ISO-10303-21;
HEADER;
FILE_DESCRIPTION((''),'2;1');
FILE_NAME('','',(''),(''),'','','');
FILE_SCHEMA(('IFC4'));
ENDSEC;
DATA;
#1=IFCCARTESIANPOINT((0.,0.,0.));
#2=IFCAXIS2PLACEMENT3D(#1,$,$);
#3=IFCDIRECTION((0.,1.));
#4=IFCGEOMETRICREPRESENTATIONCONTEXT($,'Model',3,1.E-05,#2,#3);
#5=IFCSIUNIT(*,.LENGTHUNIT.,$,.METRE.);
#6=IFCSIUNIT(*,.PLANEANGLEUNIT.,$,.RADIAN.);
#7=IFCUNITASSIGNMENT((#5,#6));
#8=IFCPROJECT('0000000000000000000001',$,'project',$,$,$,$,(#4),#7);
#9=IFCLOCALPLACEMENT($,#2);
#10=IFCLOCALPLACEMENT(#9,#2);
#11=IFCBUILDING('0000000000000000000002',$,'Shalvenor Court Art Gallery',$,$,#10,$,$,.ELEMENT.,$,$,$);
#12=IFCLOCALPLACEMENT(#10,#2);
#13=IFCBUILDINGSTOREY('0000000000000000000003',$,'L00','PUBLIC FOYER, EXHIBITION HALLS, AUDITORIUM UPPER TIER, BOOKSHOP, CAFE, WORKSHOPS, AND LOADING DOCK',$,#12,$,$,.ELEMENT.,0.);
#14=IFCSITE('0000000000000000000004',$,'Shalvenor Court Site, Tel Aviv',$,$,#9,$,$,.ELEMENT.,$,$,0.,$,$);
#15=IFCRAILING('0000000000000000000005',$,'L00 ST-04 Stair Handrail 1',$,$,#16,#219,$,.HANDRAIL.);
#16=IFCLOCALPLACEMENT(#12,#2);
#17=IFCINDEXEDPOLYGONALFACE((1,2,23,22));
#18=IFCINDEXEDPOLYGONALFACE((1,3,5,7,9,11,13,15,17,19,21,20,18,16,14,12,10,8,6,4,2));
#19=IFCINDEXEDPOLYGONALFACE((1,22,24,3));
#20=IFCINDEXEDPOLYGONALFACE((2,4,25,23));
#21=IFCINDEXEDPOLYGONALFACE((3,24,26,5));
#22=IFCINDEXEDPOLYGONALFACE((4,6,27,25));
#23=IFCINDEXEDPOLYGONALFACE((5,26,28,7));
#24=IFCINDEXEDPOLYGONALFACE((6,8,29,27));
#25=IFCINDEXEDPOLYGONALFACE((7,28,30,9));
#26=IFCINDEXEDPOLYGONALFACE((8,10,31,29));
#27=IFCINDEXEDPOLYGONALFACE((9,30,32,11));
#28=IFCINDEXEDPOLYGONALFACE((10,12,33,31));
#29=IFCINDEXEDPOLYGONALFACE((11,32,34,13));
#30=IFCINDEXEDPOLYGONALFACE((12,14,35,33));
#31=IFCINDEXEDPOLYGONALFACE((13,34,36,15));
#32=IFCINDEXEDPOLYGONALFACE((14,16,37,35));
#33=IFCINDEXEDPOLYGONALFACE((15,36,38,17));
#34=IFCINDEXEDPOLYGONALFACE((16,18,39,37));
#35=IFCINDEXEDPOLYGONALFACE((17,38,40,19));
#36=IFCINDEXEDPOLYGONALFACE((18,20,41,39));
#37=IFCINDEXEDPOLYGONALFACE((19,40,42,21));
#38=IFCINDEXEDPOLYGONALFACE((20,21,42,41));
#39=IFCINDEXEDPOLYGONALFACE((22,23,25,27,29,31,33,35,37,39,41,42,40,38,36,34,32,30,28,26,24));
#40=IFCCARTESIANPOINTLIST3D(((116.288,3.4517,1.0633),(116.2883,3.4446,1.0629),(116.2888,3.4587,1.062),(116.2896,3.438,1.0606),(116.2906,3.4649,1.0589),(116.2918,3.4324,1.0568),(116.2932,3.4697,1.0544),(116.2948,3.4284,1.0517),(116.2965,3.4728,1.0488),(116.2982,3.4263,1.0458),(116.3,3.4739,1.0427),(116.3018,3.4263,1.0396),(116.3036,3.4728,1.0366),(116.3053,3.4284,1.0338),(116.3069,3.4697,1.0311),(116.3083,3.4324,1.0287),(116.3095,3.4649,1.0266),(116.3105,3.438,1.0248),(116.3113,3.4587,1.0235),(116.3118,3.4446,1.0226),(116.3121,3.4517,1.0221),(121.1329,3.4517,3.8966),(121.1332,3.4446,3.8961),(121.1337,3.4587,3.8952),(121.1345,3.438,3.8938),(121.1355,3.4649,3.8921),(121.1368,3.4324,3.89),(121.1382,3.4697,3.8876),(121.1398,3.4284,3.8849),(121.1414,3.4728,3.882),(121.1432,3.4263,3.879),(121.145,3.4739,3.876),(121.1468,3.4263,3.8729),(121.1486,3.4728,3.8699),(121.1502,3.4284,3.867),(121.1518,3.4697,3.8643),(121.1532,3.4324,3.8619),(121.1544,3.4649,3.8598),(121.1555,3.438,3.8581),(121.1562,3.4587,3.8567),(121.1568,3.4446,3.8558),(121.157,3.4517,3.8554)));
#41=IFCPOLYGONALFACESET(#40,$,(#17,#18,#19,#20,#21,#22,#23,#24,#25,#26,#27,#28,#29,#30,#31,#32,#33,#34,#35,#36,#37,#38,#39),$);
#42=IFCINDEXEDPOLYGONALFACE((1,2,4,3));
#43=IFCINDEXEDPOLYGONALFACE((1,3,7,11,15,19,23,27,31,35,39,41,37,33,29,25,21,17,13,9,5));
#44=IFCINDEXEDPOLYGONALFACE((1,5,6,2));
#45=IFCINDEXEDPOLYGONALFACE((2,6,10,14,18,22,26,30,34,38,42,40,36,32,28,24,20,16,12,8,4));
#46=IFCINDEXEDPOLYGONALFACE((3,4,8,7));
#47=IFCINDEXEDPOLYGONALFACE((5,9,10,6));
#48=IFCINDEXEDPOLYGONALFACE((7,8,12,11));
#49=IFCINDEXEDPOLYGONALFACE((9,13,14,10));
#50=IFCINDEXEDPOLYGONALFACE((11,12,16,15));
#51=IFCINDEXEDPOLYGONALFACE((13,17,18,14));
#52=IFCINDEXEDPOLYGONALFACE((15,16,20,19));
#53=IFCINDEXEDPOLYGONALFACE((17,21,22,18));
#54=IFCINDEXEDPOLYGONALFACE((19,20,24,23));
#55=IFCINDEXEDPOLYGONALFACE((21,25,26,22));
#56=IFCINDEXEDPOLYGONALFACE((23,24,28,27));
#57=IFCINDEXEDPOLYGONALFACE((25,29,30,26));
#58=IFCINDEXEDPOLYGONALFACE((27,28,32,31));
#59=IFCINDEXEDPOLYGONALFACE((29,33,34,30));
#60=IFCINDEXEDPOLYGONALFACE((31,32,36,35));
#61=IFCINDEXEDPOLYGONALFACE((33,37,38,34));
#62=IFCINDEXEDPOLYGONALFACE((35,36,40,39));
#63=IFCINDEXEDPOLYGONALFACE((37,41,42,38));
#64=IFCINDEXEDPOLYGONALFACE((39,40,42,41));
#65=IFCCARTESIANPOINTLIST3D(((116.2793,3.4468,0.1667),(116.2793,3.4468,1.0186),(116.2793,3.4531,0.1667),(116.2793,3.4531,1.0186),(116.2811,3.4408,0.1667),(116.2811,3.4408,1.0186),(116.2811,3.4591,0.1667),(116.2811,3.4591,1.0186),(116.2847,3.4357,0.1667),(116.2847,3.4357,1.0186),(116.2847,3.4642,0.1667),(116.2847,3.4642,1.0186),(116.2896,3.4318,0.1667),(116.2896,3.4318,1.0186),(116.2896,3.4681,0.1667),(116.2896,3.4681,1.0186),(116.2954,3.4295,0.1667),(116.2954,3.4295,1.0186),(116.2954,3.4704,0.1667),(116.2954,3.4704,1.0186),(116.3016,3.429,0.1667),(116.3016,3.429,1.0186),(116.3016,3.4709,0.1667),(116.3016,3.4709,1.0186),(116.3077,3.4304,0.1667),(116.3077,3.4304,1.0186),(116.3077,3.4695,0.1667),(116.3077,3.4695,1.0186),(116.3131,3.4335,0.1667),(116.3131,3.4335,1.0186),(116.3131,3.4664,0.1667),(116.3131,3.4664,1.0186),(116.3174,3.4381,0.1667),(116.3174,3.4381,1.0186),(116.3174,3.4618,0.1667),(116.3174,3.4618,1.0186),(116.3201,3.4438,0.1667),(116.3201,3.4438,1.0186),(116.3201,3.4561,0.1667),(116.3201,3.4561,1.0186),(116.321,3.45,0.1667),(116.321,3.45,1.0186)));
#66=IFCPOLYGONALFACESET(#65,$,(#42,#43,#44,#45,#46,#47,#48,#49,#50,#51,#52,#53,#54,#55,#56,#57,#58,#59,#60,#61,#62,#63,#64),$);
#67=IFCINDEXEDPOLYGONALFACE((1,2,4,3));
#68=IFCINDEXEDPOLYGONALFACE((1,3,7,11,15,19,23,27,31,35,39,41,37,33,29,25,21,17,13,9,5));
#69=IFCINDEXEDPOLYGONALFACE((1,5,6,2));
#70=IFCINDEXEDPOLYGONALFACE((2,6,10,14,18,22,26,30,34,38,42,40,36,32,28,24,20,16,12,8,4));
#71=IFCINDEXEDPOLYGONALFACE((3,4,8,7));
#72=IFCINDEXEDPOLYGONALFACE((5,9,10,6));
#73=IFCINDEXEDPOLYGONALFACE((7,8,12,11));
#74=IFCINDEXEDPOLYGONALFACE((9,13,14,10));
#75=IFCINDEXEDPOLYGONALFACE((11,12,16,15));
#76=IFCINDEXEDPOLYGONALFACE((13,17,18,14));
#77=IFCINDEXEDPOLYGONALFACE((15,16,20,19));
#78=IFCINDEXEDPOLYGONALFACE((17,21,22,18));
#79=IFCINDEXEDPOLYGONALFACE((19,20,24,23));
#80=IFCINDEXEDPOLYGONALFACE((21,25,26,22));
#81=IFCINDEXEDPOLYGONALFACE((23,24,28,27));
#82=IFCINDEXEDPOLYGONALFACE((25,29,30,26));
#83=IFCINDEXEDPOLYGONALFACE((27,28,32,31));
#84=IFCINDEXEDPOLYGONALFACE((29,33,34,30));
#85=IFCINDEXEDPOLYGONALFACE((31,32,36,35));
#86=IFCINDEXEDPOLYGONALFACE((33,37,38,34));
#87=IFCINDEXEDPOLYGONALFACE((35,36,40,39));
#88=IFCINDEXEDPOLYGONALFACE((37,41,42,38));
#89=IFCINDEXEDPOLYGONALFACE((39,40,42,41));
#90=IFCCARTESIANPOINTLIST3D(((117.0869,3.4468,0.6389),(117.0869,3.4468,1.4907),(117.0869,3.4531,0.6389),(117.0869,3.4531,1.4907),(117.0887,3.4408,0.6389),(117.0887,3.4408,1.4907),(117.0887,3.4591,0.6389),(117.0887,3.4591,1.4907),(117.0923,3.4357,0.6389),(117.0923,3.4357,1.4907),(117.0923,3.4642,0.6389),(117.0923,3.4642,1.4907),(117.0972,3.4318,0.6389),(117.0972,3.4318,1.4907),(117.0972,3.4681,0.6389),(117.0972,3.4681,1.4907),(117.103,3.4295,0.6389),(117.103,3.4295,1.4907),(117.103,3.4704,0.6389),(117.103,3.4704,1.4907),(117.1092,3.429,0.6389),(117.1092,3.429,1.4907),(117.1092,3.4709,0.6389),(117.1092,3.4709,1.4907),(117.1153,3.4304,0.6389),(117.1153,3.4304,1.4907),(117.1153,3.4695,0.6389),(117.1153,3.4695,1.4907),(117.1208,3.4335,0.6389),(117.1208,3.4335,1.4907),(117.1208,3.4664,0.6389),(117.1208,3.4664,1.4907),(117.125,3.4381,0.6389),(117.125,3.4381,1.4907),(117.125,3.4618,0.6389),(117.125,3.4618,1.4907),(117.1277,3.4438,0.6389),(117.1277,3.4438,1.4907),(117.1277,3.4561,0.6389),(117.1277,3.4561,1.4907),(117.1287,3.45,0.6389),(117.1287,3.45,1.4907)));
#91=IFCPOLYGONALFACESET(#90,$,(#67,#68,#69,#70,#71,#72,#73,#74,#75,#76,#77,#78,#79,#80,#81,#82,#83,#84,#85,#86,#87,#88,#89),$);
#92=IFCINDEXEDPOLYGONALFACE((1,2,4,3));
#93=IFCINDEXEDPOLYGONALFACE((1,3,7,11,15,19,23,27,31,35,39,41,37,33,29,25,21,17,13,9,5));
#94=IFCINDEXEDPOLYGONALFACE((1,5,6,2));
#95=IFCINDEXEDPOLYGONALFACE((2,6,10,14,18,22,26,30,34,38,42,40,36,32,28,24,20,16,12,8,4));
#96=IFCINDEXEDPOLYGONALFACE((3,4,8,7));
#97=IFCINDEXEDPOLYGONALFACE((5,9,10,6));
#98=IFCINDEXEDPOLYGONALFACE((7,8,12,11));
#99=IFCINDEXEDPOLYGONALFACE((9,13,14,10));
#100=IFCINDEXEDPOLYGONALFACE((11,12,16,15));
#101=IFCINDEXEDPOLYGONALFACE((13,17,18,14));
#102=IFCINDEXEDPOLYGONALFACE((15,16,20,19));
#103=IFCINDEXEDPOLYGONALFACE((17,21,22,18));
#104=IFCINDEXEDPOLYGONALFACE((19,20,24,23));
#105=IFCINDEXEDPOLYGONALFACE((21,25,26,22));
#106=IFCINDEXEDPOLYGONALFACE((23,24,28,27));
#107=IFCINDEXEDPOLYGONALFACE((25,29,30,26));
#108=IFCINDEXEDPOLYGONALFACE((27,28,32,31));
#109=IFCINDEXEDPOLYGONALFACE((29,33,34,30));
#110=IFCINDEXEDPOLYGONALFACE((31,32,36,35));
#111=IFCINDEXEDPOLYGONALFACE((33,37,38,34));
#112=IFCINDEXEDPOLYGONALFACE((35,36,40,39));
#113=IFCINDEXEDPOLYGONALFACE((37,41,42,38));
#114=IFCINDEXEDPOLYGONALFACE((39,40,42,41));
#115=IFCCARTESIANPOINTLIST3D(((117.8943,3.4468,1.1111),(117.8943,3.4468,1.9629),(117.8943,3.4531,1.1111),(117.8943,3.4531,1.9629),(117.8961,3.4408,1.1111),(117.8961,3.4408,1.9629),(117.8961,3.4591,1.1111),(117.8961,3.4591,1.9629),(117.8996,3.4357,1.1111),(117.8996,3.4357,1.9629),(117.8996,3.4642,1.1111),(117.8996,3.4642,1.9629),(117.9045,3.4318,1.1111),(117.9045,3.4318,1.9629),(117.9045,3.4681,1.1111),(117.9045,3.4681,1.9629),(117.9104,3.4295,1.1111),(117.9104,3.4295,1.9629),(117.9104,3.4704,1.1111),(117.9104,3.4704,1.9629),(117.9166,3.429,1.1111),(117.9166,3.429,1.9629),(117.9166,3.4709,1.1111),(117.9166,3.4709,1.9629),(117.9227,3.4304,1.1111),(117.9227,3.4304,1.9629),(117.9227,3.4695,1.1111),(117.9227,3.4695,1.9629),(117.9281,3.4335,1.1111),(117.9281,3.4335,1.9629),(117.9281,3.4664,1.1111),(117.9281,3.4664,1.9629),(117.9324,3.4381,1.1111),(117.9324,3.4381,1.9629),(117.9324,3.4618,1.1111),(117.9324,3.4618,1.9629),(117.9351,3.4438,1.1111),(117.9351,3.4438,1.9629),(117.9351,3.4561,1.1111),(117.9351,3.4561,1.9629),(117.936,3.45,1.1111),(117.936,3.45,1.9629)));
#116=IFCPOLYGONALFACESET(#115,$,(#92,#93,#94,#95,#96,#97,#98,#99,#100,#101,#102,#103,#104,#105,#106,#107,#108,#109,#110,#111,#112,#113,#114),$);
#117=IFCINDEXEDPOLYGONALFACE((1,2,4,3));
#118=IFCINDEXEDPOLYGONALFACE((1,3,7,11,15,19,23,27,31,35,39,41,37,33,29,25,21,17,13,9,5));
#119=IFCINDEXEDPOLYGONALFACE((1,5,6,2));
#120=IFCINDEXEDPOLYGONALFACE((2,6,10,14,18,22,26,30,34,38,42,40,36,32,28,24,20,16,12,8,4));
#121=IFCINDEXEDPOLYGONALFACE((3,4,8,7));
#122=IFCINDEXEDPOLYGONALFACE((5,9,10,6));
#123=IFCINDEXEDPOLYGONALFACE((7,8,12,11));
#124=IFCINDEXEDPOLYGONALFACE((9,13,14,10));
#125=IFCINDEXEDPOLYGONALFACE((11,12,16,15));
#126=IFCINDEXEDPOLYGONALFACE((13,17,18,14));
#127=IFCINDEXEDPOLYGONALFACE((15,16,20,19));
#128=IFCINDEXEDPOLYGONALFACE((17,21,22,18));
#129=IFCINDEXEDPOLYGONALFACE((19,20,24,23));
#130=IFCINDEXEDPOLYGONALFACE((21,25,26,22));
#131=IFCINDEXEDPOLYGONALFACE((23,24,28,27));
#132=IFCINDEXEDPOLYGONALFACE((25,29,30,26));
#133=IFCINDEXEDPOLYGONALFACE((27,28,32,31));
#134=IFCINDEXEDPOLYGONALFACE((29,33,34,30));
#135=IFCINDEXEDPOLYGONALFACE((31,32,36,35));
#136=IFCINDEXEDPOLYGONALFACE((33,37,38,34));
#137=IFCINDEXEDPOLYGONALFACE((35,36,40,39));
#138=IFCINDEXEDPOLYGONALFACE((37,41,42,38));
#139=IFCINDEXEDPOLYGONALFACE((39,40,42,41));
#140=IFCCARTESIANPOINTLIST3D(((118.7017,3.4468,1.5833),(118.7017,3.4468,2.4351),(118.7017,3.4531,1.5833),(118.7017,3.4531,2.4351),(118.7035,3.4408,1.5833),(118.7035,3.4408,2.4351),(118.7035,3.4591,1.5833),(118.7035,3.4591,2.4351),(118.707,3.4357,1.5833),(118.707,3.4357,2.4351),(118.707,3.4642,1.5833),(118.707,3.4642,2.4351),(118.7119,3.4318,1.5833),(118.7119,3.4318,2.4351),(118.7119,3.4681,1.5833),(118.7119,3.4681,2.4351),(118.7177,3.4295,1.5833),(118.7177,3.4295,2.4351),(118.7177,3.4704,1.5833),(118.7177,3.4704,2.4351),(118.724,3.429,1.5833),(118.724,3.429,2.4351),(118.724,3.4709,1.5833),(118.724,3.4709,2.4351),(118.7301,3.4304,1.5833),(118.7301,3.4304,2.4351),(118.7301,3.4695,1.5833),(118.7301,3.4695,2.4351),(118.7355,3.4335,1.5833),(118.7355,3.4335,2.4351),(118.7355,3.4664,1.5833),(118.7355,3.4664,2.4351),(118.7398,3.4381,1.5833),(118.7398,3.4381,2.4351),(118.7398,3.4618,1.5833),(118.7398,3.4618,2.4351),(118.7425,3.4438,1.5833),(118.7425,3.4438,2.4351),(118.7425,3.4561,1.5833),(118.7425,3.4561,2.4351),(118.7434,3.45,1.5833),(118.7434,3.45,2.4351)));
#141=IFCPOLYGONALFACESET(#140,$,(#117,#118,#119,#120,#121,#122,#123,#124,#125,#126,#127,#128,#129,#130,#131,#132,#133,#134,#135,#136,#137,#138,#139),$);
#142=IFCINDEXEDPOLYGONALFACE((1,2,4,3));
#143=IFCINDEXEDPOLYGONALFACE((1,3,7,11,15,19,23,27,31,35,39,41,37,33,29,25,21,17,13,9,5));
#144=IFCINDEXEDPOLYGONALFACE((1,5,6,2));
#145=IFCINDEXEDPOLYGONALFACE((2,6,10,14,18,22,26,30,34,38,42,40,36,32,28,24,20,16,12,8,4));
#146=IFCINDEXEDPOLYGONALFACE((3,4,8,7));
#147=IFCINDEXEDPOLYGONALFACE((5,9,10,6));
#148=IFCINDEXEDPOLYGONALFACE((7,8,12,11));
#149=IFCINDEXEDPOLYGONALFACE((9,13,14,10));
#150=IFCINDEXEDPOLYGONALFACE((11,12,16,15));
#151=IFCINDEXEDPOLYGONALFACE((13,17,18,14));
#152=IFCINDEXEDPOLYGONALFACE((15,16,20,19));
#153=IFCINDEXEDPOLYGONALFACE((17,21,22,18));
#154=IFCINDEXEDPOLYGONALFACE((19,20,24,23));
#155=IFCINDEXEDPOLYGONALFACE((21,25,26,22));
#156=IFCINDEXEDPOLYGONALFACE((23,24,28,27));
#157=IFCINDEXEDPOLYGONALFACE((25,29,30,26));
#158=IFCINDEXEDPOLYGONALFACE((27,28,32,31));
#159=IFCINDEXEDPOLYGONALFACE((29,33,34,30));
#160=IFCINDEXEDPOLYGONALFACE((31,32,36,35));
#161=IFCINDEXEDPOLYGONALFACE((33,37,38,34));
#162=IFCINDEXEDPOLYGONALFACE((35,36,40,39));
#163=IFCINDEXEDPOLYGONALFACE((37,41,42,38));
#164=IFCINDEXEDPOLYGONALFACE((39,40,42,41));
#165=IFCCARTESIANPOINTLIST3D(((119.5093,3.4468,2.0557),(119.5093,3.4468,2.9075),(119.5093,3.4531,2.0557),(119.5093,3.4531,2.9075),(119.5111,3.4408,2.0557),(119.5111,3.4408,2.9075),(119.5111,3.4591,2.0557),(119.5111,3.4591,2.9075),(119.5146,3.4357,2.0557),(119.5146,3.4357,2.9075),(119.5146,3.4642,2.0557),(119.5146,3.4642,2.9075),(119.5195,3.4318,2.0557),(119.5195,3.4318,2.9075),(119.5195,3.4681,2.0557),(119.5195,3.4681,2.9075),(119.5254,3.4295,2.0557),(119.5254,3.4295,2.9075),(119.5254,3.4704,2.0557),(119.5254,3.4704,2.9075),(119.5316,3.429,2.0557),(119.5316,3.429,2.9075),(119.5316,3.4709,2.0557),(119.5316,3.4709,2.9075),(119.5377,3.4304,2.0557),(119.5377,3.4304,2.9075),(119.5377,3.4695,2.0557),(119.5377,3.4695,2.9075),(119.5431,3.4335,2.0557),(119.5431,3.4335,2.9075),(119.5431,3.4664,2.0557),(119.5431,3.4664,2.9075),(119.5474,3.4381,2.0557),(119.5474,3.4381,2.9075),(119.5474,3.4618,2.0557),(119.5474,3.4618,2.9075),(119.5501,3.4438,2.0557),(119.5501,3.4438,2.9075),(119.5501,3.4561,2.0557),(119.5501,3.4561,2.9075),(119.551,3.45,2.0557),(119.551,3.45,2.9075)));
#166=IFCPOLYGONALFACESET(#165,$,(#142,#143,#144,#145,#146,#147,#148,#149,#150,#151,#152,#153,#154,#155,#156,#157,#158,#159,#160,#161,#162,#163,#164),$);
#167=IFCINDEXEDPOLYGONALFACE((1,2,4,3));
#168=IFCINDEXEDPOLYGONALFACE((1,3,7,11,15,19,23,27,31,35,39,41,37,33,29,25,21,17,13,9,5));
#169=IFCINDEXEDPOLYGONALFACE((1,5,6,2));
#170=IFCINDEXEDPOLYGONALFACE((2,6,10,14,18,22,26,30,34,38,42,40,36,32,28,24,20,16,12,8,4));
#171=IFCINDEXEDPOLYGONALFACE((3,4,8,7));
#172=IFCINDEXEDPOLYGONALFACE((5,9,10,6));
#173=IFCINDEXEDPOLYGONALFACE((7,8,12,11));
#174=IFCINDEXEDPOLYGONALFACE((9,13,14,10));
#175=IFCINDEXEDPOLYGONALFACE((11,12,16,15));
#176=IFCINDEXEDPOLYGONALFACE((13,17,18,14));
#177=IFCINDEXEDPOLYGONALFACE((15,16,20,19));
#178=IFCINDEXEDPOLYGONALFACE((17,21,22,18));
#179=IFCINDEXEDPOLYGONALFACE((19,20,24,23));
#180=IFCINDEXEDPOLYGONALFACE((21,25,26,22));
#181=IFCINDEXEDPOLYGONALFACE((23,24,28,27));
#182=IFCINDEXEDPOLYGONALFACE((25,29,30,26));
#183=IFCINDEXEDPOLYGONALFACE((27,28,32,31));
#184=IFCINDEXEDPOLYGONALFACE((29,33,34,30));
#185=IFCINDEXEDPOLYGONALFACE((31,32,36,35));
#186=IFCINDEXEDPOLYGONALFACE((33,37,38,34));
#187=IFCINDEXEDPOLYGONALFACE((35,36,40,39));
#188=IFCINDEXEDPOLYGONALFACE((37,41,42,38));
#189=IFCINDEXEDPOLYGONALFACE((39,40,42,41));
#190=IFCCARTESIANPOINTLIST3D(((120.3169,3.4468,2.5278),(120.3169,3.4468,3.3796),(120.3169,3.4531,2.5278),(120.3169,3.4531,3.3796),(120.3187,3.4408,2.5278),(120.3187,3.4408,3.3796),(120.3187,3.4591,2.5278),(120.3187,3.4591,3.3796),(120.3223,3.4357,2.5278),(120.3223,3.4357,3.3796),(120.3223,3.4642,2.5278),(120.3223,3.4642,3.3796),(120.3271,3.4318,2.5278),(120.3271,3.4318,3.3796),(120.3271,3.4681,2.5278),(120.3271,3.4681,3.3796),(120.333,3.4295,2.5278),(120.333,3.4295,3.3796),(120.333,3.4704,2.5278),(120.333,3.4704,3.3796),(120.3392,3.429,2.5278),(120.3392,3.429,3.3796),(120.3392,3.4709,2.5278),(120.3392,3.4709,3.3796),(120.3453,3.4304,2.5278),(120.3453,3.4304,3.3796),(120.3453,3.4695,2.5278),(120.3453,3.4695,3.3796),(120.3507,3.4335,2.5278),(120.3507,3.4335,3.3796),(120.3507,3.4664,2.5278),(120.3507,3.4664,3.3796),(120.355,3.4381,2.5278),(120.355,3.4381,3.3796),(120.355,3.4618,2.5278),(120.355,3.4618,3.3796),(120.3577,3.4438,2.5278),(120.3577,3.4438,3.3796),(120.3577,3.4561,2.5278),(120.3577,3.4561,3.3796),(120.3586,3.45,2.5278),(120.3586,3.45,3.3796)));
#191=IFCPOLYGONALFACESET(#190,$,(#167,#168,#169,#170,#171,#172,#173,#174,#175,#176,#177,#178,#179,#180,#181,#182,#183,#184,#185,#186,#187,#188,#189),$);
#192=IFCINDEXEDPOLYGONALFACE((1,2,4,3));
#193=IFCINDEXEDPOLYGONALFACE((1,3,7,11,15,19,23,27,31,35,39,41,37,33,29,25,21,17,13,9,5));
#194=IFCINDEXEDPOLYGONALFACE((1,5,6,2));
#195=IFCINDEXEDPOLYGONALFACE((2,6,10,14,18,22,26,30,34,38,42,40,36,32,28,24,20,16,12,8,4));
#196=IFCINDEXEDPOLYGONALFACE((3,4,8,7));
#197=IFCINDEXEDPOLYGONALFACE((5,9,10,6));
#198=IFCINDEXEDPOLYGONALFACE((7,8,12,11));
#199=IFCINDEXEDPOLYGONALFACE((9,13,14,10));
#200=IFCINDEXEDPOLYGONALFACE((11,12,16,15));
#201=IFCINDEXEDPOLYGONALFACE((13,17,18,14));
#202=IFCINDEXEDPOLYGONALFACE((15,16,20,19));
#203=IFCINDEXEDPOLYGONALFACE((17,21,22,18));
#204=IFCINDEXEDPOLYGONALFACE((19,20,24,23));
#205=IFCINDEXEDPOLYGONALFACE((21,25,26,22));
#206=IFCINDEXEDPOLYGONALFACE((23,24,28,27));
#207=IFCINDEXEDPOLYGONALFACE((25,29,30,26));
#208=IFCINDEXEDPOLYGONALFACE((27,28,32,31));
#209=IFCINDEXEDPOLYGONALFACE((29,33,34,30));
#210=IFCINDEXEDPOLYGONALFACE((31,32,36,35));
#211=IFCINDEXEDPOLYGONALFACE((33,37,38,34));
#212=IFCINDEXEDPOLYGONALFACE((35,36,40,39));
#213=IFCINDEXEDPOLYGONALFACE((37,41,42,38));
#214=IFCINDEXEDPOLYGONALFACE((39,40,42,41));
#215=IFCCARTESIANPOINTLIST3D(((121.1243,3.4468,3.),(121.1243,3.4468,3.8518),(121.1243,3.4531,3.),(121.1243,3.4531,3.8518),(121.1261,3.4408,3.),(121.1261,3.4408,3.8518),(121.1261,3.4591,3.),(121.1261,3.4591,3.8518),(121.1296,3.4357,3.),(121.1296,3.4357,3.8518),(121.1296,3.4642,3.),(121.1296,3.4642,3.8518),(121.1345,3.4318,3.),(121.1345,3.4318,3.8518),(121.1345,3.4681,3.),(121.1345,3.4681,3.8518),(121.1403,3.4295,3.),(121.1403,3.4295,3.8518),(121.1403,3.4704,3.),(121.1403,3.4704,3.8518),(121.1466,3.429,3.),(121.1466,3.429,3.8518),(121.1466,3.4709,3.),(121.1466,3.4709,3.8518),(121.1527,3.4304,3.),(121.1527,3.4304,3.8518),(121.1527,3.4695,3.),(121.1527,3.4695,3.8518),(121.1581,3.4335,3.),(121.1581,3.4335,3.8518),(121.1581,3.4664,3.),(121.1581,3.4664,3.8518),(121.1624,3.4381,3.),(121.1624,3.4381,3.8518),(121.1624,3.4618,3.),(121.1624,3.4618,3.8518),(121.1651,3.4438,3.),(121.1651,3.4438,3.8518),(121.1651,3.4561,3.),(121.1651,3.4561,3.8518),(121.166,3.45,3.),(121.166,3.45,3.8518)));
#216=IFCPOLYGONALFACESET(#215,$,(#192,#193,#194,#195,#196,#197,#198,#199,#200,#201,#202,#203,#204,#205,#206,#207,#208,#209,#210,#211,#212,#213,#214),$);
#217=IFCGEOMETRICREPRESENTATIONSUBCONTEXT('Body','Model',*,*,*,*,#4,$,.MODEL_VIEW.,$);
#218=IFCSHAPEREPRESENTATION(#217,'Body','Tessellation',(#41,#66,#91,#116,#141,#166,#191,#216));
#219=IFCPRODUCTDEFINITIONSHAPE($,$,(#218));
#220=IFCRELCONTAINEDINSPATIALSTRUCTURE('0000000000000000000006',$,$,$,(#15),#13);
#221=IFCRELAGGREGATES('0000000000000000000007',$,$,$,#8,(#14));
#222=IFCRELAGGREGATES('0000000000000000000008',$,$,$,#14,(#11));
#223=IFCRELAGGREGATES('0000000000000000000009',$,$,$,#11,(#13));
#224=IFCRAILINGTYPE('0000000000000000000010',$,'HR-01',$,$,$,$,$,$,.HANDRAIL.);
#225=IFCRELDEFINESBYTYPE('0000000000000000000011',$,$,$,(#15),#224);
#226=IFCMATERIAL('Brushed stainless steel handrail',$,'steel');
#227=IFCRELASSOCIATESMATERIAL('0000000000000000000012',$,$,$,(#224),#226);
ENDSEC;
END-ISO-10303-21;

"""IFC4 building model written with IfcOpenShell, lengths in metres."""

from ifc_helpers import new_model, si_unit, direction, frame, origin, origin_2d, place, context, subcontext, project, spatial, circle, extrude, material, type_object, element, save


model = new_model("IFC4")

# Units and contexts
model_context = context("Model", 3, precision=1e-05, world=origin(), true_north=direction((0.0, 1.0)))
body_context = subcontext(model_context, "Body", "Model", "MODEL_VIEW")
ifc_project = project(units=[si_unit("LENGTHUNIT", "METRE"), si_unit("PLANEANGLEUNIT", "RADIAN")], contexts=[model_context])

# Site, building, storey
site_placement = place(None, origin())
site = spatial("IfcSite", under=ifc_project, at=site_placement, Name="Shalvenor Court Site, Tel Aviv", CompositionType="ELEMENT", RefElevation=0.0)
building_placement = place(site_placement, origin())
building = spatial("IfcBuilding", under=site, at=building_placement, Name="Shalvenor Court Art Gallery", CompositionType="ELEMENT")
storey_placement = place(building_placement, origin())
storey = spatial("IfcBuildingStorey", under=building, at=storey_placement, Name="L00", Description="PUBLIC FOYER, EXHIBITION HALLS, AUDITORIUM UPPER TIER, BOOKSHOP, CAFE, WORKSHOPS, AND LOADING DOCK", CompositionType="ELEMENT", Elevation=0.0)

# Railing
ifc_material_1 = material(Name="Brushed stainless steel handrail", Category="steel")
railing_type = type_object("IfcRailingType", Name="HR-01", PredefinedType="HANDRAIL", material=ifc_material_1)
railing_placement = place(storey_placement, frame((116.3, 3.45, 0.1667)))
element("IfcRailing", 1, at=railing_placement, inside=storey, type_object=railing_type, Name="L00 ST-04 Stair Handrail 1", PredefinedType="HANDRAIL", context=body_context, shape_type="SweptSolid", body=[
    extrude(circle(Radius=0.0239, at=origin_2d()), frame((0.0, 0.0, 0.876), z_axis=(0.863234, 0.0, 0.504804), x_axis=(0.0, 1.0, 0.0)), (0.0, 0.0, 1.0), 5.6125),
    extrude(circle(Radius=0.021, at=origin_2d()), origin(), (0.0, 0.0, 1.0), 0.8518),
    extrude(circle(Radius=0.021, at=origin_2d()), frame((0.8076, 0.0, 0.4722)), (0.0, 0.0, 1.0), 0.8518),
    extrude(circle(Radius=0.021, at=origin_2d()), frame((1.615, 0.0, 0.9443)), (0.0, 0.0, 1.0), 0.8518),
    extrude(circle(Radius=0.021, at=origin_2d()), frame((2.4224, 0.0, 1.4165)), (0.0, 0.0, 1.0), 0.8518),
    extrude(circle(Radius=0.021, at=origin_2d()), frame((3.23, 0.0, 1.8889)), (0.0, 0.0, 1.0), 0.8518),
    extrude(circle(Radius=0.021, at=origin_2d()), frame((4.0376, 0.0, 2.3611)), (0.0, 0.0, 1.0), 0.8518),
    extrude(circle(Radius=0.021, at=origin_2d()), frame((4.845, 0.0, 2.8333)), (0.0, 0.0, 1.0), 0.8518),
])

save(model, "model.ifc")
